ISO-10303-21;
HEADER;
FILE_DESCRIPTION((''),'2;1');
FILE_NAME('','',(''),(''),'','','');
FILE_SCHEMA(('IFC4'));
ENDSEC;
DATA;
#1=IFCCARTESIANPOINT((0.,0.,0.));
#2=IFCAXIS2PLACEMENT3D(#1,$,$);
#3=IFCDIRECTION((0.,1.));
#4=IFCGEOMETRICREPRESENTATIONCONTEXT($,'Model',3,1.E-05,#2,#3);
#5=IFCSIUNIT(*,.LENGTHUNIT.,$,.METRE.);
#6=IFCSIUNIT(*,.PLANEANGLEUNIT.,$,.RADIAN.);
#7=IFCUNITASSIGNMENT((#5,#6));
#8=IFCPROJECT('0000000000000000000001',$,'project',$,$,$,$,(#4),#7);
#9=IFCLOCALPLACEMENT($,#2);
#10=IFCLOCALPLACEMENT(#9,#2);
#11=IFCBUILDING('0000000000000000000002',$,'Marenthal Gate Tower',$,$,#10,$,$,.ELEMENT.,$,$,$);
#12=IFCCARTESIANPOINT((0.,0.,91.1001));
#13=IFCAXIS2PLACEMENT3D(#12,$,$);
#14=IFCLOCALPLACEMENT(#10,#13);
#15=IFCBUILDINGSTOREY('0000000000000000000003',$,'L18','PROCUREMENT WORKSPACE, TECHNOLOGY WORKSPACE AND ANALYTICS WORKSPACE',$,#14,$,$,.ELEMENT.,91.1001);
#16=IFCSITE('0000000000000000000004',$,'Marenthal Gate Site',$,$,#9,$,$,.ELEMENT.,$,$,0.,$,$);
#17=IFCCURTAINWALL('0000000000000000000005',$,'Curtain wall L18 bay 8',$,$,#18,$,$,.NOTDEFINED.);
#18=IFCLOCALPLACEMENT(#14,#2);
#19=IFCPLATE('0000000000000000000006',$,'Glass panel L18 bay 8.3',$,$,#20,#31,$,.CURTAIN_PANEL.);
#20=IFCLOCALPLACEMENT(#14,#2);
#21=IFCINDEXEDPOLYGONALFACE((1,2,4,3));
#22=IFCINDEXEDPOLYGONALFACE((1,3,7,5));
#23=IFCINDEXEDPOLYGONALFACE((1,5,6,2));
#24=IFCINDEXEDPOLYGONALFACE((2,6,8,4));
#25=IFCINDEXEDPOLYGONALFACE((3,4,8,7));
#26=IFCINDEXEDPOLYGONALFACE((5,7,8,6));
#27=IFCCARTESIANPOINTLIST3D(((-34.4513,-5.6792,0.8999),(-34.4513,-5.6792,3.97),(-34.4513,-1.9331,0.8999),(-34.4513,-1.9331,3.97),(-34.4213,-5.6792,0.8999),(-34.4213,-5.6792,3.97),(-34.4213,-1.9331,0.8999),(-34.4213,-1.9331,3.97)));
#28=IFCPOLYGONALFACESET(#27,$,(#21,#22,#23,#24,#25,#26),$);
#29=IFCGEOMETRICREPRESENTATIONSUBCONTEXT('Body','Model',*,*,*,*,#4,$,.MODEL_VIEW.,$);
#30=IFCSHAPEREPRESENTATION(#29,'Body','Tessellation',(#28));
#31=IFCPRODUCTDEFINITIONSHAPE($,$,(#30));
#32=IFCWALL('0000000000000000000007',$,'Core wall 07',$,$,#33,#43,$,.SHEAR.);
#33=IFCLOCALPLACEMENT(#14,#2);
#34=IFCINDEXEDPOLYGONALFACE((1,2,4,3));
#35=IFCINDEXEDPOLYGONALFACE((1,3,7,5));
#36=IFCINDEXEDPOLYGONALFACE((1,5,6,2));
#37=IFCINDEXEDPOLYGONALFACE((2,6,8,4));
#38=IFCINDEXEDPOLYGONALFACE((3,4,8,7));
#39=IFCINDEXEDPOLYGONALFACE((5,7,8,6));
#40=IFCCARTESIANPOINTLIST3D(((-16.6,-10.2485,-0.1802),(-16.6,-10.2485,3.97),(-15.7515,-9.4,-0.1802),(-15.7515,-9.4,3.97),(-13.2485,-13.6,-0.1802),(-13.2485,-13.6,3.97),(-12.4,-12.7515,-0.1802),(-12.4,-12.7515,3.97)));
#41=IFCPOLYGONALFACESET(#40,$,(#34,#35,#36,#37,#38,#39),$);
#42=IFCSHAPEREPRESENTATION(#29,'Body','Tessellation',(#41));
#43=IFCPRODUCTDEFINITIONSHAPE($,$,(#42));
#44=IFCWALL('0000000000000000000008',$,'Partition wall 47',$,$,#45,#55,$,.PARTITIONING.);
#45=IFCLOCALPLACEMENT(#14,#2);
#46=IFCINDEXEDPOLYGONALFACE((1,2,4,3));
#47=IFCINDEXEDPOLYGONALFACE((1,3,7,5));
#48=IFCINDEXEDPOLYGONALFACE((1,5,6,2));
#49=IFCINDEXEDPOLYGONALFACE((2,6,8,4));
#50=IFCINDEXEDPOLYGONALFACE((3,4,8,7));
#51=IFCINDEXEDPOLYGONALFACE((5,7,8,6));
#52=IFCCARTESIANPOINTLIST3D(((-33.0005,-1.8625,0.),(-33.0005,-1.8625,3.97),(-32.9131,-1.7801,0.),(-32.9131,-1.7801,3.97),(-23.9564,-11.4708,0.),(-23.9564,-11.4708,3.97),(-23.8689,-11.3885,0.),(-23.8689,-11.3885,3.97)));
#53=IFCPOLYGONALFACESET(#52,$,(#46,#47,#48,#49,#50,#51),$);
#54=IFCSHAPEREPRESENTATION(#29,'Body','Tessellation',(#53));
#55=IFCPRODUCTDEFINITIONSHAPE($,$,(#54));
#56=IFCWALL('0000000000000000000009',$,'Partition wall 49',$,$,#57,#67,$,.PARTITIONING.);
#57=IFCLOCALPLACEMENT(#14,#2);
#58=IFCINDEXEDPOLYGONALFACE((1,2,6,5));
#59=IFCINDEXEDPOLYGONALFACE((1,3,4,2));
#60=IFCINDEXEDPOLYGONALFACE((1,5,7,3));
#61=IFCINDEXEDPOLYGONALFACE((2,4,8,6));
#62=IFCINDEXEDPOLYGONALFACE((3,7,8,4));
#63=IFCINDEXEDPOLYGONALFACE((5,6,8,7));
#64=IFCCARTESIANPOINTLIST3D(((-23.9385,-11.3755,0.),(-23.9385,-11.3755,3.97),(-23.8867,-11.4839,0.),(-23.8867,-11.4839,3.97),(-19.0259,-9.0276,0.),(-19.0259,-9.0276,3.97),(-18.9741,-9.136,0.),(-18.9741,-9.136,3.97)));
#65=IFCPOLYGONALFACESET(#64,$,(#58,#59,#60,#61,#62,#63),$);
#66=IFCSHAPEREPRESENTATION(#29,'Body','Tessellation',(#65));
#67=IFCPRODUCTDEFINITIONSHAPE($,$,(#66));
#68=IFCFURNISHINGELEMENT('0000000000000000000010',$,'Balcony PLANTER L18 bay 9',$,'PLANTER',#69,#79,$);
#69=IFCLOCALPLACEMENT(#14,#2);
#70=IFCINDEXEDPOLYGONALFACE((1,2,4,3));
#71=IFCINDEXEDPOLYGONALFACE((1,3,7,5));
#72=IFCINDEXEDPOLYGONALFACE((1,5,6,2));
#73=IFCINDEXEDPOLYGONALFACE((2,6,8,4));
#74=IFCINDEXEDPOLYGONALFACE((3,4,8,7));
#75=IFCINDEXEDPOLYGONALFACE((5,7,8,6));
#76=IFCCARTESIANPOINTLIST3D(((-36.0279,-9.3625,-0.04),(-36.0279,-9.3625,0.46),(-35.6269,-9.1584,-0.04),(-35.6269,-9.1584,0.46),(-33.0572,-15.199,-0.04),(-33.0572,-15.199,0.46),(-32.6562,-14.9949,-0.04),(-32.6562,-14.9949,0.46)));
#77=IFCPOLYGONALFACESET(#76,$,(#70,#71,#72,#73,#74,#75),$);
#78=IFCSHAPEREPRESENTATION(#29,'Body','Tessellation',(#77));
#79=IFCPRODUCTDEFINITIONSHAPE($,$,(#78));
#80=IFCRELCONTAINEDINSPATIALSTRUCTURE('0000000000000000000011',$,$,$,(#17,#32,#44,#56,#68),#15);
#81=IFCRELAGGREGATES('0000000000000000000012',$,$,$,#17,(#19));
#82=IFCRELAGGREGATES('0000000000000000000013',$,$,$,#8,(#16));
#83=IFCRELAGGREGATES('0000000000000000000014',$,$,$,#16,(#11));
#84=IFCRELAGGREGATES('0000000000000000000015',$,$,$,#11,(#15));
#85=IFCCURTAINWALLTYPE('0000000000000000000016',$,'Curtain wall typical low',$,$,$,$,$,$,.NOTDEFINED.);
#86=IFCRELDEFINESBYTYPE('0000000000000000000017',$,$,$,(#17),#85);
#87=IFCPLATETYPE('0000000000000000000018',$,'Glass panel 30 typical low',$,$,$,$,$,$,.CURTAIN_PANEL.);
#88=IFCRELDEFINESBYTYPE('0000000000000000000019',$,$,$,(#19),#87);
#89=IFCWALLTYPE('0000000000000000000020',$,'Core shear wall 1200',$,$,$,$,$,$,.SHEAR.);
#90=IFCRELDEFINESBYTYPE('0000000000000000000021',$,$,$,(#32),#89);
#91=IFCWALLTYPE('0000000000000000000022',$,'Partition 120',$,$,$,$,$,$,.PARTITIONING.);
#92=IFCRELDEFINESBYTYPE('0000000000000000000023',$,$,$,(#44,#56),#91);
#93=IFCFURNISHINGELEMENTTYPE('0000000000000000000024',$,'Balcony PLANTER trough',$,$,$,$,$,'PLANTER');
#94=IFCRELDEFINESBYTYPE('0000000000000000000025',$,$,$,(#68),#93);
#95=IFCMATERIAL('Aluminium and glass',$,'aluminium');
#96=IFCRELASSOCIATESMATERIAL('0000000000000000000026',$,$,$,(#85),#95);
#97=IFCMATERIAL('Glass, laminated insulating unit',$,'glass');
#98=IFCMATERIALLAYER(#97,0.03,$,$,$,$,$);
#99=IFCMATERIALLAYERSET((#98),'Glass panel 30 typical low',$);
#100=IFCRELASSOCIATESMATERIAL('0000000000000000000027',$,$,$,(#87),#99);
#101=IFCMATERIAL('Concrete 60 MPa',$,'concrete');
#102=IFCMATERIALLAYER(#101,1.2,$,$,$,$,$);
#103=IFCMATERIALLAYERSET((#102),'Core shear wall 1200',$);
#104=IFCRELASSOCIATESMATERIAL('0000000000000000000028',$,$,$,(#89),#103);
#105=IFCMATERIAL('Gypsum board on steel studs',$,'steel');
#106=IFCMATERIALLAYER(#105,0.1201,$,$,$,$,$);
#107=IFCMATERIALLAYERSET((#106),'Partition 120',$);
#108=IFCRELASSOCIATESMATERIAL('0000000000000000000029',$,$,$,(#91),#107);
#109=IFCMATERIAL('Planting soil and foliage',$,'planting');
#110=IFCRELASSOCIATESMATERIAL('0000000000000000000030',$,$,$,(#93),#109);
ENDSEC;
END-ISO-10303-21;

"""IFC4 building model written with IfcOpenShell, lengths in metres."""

from ifc_helpers import new_model, si_unit, direction, frame, frame_2d, origin, origin_2d, place, context, subcontext, project, spatial, rectangle, extrude, material, layer, layer_set, type_object, element, aggregate, save


model = new_model("IFC4")

# Units and contexts
model_context = context("Model", 3, precision=1e-05, world=origin(), true_north=direction((0.0, 1.0)))
body_context = subcontext(model_context, "Body", "Model", "MODEL_VIEW")
ifc_project = project(units=[si_unit("LENGTHUNIT", "METRE"), si_unit("PLANEANGLEUNIT", "RADIAN")], contexts=[model_context])

# Site, building, storey
site_placement = place(None, origin())
site = spatial("IfcSite", under=ifc_project, at=site_placement, Name="Marenthal Gate Site", CompositionType="ELEMENT", RefElevation=0.0)
building_placement = place(site_placement, origin())
building = spatial("IfcBuilding", under=site, at=building_placement, Name="Marenthal Gate Tower", CompositionType="ELEMENT")
storey_placement = place(building_placement, frame((0.0, 0.0, 91.1001)))
storey = spatial("IfcBuildingStorey", under=building, at=storey_placement, Name="L18", Description="PROCUREMENT WORKSPACE, TECHNOLOGY WORKSPACE AND ANALYTICS WORKSPACE", CompositionType="ELEMENT", Elevation=91.1001)

# Curtain wall
ifc_material_1 = material(Name="Aluminium and glass", Category="aluminium")
curtain_wall_type = type_object("IfcCurtainWallType", Name="Curtain wall typical low", PredefinedType="NOTDEFINED", material=ifc_material_1)
curtain_wall_placement = place(storey_placement, origin())
curtain_wall = element("IfcCurtainWall", 1, at=curtain_wall_placement, inside=storey, type_object=curtain_wall_type, Name="Curtain wall L18 bay 8", PredefinedType="NOTDEFINED")

# Plate
ifc_material_2 = material(Name="Glass, laminated insulating unit", Category="glass")
ifc_layer_1 = layer(ifc_material_2, 0.03)
ifc_layer_set_1 = layer_set([ifc_layer_1], Name="Glass panel 30 typical low")
plate_type = type_object("IfcPlateType", Name="Glass panel 30 typical low", PredefinedType="CURTAIN_PANEL", material=ifc_layer_set_1)
plate_placement = place(storey_placement, frame((-34.4363, -3.8062, 0.8999), z_axis=(0.0, 0.0, 1.0), x_axis=(0.0, -1.0, 0.0)))
plate = element("IfcPlate", 2, at=plate_placement, type_object=plate_type, Name="Glass panel L18 bay 8.3", PredefinedType="CURTAIN_PANEL", context=body_context, shape_type="SweptSolid", body=[
    extrude(rectangle(XDim=3.7461, YDim=0.03, at=origin_2d()), origin(), (0.0, 0.0, 1.0), 3.0701),
])
aggregate(curtain_wall, [plate])

# Walls
ifc_material_3 = material(Name="Concrete 60 MPa", Category="concrete")
ifc_layer_2 = layer(ifc_material_3, 1.2)
ifc_layer_set_2 = layer_set([ifc_layer_2], Name="Core shear wall 1200")
wall_type_1 = type_object("IfcWallType", Name="Core shear wall 1200", PredefinedType="SHEAR", material=ifc_layer_set_2)
wall_1_placement = place(storey_placement, frame((-16.1758, -9.8242, -0.1802), z_axis=(0.0, 0.0, 1.0), x_axis=(0.707107, -0.707107, 0.0)))
element("IfcWall", 3, at=wall_1_placement, inside=storey, type_object=wall_type_1, Name="Core wall 07", PredefinedType="SHEAR", context=body_context, shape_type="SweptSolid", body=[
    extrude(rectangle(XDim=4.7397, YDim=1.2, at=frame_2d((2.3699, 0.0))), origin(), (0.0, 0.0, 1.0), 4.1501),
])
ifc_material_4 = material(Name="Gypsum board on steel studs", Category="steel")
ifc_layer_3 = layer(ifc_material_4, 0.1201)
ifc_layer_set_3 = layer_set([ifc_layer_3], Name="Partition 120")
wall_type_2 = type_object("IfcWallType", Name="Partition 120", PredefinedType="PARTITIONING", material=ifc_layer_set_3)
wall_2_placement = place(storey_placement, frame((-32.9568, -1.8213, 0.0), z_axis=(0.0, 0.0, 1.0), x_axis=(0.685405, -0.728163, 0.0)))
element("IfcWall", 4, at=wall_2_placement, inside=storey, type_object=wall_type_2, Name="Partition wall 47", PredefinedType="PARTITIONING", context=body_context, shape_type="SweptSolid", body=[
    extrude(rectangle(XDim=13.1953, YDim=0.1201, at=frame_2d((6.5977, 0.0))), origin(), (0.0, 0.0, 1.0), 3.97),
])
wall_3_placement = place(storey_placement, frame((-23.9126, -11.4297, 0.0), z_axis=(0.0, 0.0, 1.0), x_axis=(0.902249, 0.431216, 0.0)))
element("IfcWall", 5, at=wall_3_placement, inside=storey, type_object=wall_type_2, Name="Partition wall 49", PredefinedType="PARTITIONING", context=body_context, shape_type="SweptSolid", body=[
    extrude(rectangle(XDim=5.4448, YDim=0.1201, at=frame_2d((2.7224, 0.0))), origin(), (0.0, 0.0, 1.0), 3.97),
])

# Furnishing element
ifc_material_5 = material(Name="Planting soil and foliage", Category="planting")
furnishing_element_type = type_object("IfcFurnishingElementType", Name="Balcony PLANTER trough", ElementType="PLANTER", material=ifc_material_5)
furnishing_placement = place(storey_placement, frame((-34.342, -12.1787, -0.04), z_axis=(0.0, 0.0, 1.0), x_axis=(0.453616, -0.891197, 0.0)))
element("IfcFurnishingElement", 6, at=furnishing_placement, inside=storey, type_object=furnishing_element_type, Name="Balcony PLANTER L18 bay 9", ObjectType="PLANTER", context=body_context, shape_type="SweptSolid", body=[
    extrude(rectangle(XDim=6.5491, YDim=0.45, at=origin_2d()), origin(), (0.0, 0.0, 1.0), 0.5),
])

save(model, "model.ifc")
